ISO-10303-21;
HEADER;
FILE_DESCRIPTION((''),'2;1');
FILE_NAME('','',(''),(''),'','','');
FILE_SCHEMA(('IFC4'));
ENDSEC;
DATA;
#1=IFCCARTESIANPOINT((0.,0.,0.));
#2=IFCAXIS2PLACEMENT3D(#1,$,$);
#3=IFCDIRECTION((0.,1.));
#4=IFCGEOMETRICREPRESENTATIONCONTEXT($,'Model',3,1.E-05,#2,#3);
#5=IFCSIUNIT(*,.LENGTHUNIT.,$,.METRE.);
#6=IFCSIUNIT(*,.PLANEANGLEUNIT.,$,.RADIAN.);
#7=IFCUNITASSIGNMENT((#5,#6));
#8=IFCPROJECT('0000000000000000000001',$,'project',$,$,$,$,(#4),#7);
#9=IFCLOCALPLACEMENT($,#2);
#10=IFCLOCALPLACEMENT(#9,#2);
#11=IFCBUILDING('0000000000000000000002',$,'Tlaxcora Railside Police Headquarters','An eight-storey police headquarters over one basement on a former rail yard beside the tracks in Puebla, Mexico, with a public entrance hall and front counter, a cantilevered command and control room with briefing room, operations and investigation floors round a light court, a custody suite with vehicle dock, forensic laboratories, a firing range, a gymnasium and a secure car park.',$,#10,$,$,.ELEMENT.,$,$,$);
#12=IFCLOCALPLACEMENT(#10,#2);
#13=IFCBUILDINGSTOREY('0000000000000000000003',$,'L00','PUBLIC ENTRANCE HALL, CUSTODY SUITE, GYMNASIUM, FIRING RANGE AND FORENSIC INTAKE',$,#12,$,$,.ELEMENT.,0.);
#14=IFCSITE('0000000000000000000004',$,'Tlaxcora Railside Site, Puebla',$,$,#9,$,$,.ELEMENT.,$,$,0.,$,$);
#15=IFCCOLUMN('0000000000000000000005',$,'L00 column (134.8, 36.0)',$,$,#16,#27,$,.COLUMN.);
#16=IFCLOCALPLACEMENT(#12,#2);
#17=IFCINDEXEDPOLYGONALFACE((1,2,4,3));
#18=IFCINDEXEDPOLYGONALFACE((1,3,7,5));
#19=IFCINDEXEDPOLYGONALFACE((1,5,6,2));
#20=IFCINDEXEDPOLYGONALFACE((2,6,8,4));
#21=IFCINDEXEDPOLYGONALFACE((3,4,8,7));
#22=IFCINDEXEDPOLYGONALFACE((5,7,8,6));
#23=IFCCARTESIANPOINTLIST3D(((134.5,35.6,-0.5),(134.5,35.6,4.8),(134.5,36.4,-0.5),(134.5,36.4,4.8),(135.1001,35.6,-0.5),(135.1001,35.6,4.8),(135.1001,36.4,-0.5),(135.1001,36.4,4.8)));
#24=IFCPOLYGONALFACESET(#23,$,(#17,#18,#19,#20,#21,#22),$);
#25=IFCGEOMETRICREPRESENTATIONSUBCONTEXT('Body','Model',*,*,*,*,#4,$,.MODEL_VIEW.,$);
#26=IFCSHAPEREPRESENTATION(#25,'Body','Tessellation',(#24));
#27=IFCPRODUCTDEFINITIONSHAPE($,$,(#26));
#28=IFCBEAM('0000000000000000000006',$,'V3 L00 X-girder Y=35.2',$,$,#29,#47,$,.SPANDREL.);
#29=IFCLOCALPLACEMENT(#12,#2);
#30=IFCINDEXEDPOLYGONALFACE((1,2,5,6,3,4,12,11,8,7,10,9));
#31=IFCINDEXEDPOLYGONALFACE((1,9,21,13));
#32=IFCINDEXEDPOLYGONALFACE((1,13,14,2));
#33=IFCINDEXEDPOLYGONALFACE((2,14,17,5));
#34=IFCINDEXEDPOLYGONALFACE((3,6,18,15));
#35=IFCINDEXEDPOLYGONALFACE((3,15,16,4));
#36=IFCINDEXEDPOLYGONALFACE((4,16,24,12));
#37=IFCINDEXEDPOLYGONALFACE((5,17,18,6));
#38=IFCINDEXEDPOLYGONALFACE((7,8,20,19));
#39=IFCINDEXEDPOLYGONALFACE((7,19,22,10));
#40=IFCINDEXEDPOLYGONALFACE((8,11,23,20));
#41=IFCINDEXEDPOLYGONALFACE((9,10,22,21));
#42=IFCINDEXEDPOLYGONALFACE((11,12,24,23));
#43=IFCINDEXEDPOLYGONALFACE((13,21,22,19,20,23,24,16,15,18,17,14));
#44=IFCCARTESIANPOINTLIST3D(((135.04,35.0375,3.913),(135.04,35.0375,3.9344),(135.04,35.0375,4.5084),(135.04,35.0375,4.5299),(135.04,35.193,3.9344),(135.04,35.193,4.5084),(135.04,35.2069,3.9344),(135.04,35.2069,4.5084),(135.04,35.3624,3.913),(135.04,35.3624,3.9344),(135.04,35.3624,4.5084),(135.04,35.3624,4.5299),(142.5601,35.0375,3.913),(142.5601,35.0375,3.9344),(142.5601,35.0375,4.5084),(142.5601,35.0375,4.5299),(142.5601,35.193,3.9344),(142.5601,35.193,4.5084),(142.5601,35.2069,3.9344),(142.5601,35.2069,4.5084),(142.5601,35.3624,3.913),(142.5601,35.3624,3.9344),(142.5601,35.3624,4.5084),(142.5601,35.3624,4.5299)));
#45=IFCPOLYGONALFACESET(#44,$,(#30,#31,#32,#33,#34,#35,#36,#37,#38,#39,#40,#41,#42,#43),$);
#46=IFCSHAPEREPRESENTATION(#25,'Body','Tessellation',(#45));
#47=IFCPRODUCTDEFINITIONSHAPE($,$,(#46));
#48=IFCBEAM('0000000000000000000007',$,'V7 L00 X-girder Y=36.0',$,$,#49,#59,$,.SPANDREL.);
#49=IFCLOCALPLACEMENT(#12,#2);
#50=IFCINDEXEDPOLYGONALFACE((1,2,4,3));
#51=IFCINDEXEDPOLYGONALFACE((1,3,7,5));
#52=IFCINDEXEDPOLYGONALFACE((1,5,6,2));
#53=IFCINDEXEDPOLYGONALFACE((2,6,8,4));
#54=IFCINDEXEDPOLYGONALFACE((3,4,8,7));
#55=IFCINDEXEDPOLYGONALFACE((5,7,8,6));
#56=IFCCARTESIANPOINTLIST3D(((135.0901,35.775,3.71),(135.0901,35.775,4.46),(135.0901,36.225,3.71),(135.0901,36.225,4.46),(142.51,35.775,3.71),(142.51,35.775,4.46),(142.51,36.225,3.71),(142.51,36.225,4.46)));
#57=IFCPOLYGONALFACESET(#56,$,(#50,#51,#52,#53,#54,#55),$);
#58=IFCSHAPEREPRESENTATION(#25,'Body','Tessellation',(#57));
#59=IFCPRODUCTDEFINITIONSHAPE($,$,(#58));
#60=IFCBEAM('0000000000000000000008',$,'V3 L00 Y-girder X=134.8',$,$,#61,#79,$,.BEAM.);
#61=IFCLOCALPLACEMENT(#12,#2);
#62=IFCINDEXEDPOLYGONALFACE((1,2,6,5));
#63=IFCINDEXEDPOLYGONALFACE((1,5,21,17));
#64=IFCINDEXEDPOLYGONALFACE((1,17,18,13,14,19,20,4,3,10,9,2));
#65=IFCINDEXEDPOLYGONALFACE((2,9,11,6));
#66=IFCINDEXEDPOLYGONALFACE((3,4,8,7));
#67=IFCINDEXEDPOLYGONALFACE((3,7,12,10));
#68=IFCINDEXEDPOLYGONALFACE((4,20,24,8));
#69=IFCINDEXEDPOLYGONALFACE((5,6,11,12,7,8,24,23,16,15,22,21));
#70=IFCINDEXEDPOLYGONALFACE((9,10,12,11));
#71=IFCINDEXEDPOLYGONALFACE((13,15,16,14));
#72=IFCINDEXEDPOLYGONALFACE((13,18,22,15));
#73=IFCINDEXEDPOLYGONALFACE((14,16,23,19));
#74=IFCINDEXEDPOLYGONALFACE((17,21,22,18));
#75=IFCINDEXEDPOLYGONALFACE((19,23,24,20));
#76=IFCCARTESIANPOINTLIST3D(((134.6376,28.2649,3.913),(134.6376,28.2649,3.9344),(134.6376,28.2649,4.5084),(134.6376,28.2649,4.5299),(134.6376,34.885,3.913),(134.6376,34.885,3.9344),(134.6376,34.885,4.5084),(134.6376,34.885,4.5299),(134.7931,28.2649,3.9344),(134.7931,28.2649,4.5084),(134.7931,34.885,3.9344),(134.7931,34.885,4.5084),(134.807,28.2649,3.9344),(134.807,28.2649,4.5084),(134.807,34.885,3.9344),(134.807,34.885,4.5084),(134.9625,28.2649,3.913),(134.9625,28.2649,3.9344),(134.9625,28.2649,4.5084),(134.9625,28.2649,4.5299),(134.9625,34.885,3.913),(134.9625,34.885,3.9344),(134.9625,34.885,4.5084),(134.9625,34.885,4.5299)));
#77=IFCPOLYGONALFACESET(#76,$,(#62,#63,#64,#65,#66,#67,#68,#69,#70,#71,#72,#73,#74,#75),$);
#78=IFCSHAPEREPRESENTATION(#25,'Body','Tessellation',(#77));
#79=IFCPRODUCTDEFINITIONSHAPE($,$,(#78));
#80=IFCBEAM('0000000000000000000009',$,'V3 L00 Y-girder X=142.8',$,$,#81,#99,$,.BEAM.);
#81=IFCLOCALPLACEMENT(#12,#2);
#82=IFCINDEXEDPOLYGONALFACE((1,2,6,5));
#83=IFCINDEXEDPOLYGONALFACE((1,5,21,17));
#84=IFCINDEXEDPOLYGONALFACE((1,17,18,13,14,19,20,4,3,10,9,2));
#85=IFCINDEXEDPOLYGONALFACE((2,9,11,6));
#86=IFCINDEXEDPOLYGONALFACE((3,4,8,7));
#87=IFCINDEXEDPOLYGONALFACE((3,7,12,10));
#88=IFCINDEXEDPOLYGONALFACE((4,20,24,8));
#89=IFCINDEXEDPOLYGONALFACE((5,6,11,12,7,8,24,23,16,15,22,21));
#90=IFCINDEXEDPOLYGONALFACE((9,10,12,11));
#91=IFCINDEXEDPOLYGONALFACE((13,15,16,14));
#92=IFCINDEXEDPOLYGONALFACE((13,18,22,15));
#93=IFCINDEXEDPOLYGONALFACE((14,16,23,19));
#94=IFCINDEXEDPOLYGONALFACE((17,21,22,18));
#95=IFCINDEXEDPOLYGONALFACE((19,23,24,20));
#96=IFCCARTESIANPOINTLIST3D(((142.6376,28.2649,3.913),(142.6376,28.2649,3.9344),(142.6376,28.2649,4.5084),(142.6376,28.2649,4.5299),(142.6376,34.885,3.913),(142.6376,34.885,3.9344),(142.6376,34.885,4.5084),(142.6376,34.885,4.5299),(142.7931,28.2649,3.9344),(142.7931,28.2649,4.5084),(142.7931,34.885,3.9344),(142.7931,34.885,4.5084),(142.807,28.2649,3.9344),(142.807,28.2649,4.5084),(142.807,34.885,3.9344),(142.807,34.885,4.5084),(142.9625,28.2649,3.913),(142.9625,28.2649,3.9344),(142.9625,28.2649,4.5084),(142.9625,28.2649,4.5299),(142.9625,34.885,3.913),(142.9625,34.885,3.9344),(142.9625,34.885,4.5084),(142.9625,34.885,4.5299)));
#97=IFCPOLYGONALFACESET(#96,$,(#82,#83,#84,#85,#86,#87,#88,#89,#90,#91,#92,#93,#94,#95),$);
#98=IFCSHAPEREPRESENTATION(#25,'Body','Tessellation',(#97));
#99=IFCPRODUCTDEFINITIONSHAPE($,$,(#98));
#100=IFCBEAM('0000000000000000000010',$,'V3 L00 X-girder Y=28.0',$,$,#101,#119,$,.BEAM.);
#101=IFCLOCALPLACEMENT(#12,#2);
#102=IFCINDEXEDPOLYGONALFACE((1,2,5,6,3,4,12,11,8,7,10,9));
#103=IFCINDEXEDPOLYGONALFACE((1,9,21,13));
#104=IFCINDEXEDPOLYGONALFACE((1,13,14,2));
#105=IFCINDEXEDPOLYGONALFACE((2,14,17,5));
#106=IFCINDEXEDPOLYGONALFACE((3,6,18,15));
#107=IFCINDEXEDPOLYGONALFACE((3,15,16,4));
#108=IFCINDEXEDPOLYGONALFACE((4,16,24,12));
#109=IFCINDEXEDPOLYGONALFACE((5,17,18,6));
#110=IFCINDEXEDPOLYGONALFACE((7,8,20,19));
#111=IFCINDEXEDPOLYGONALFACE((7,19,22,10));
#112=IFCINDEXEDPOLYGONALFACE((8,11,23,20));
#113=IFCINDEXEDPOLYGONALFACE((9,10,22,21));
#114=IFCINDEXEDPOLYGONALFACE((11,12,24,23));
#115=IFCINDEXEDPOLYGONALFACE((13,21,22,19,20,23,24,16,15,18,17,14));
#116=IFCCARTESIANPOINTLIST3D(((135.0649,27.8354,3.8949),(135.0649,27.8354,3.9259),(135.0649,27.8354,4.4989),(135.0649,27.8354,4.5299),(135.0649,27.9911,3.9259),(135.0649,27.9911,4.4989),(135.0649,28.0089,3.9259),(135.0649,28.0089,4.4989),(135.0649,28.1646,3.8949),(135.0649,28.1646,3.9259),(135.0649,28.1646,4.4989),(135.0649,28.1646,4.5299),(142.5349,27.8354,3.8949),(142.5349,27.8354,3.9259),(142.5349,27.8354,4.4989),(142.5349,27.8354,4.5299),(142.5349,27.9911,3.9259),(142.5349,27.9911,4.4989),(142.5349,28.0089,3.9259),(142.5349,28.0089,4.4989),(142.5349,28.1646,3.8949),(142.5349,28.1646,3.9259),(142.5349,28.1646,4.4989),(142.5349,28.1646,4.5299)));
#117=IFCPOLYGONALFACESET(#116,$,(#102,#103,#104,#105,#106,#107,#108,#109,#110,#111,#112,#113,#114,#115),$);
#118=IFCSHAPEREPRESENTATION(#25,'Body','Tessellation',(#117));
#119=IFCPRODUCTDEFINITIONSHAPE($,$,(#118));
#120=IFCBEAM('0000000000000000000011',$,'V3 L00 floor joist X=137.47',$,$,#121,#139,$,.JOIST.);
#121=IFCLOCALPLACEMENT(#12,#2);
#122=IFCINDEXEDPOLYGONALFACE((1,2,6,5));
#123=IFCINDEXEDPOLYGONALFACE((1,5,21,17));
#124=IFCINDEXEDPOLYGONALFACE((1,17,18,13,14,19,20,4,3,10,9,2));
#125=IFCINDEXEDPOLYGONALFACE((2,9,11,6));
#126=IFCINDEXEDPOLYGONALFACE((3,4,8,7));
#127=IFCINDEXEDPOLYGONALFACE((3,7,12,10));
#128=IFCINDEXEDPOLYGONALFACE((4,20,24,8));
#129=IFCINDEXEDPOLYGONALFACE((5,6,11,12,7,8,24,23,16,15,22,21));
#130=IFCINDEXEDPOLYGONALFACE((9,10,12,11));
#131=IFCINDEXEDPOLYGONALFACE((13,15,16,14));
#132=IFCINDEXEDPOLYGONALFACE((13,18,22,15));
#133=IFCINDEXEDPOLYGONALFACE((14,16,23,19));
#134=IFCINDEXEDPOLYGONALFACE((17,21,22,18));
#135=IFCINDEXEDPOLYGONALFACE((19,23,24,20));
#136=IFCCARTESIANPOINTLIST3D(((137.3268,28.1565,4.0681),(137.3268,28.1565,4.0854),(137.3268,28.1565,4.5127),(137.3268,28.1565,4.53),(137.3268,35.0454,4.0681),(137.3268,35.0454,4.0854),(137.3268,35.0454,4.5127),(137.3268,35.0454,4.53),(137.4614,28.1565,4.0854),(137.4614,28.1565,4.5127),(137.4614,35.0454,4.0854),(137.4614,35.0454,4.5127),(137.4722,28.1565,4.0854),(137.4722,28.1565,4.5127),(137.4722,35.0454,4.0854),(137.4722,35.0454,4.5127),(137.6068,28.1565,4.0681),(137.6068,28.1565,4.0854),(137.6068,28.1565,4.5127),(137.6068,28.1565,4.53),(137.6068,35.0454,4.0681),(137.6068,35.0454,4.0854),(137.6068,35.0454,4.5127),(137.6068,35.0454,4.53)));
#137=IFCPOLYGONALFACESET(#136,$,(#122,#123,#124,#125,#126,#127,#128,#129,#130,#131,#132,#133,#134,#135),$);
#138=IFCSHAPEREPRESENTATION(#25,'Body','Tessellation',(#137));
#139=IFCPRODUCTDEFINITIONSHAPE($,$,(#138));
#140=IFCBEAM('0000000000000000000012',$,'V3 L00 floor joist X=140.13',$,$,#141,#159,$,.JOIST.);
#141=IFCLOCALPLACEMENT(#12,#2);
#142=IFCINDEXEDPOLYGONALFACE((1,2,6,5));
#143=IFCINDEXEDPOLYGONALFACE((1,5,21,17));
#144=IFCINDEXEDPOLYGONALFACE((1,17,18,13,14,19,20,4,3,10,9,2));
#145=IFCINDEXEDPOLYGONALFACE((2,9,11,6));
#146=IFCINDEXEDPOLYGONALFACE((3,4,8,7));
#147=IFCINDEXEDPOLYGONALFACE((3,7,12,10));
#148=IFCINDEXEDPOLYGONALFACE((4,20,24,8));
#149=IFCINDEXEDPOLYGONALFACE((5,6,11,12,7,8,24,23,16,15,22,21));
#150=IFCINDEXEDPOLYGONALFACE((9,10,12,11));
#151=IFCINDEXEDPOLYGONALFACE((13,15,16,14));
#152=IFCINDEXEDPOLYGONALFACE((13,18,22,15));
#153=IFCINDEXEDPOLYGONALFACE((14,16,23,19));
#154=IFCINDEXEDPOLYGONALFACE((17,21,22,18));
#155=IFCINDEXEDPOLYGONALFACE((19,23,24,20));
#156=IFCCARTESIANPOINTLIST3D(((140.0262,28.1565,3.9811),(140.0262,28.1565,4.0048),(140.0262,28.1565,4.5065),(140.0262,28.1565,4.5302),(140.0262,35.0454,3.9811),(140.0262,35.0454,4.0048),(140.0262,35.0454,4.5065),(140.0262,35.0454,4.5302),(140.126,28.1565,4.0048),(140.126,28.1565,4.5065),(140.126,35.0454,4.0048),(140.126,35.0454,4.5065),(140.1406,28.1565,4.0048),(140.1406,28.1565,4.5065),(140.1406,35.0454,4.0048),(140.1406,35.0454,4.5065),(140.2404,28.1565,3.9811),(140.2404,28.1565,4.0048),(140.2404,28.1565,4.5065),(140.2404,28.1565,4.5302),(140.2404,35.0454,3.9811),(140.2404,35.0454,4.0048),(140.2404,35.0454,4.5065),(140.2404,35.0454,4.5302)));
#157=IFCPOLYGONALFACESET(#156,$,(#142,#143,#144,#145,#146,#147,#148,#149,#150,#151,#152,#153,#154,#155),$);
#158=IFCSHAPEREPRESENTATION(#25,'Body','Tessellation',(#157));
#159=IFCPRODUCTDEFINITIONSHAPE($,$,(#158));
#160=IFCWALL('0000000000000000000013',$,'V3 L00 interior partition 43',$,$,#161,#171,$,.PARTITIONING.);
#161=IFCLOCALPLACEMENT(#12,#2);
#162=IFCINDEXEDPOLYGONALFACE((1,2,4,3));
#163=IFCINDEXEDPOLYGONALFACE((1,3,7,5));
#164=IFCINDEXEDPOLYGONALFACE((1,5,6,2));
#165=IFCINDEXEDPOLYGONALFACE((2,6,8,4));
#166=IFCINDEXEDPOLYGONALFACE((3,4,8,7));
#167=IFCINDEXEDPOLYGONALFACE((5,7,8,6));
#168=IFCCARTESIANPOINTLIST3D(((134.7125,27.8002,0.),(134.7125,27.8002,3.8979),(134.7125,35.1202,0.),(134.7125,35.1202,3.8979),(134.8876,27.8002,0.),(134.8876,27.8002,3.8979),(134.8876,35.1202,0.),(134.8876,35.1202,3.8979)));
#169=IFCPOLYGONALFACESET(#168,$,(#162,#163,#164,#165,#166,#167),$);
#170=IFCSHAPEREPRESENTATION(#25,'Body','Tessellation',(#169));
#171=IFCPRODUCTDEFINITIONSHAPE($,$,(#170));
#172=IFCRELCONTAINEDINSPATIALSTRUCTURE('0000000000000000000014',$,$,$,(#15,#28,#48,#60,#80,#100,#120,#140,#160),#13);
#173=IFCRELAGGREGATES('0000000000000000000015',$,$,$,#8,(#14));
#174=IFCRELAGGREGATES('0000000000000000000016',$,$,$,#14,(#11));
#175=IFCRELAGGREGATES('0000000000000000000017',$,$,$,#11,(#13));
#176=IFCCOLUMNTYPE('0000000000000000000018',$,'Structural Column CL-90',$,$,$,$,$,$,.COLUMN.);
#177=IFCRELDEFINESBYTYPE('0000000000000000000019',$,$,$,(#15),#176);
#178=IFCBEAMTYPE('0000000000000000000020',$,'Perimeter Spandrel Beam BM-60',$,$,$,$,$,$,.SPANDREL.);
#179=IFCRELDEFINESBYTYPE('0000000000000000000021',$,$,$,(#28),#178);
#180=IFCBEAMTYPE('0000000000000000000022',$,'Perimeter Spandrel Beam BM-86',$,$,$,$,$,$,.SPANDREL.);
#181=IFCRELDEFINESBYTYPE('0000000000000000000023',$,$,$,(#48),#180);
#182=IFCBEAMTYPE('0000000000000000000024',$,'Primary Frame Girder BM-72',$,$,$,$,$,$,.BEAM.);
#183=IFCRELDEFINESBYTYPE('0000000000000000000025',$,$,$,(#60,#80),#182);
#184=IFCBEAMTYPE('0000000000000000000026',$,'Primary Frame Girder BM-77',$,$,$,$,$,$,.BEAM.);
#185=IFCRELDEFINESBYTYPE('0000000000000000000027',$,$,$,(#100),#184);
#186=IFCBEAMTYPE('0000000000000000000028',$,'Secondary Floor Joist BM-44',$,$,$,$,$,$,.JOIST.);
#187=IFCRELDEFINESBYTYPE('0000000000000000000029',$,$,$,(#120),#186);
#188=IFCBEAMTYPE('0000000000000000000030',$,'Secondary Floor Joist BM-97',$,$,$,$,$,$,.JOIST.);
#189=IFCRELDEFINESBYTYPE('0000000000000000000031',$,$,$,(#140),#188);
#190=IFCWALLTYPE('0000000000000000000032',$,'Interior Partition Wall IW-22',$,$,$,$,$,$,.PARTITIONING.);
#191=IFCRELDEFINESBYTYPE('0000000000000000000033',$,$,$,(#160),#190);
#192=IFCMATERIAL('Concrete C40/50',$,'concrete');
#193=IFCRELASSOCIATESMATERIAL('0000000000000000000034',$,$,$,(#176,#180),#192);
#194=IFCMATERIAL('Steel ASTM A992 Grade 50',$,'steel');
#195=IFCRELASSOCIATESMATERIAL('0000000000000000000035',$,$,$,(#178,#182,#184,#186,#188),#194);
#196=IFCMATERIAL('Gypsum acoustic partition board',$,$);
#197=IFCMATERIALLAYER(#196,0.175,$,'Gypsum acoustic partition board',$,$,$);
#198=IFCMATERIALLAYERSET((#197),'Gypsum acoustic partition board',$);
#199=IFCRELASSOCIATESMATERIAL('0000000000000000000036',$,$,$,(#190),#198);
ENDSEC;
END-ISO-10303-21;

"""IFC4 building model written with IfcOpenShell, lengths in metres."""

from ifc_helpers import new_model, si_unit, direction, frame, frame_2d, origin, origin_2d, place, context, subcontext, project, spatial, rectangle, i_section, extrude, material, layer, layer_set, material_profile, profile_set, type_object, element, save


model = new_model("IFC4")

# Units and contexts
model_context = context("Model", 3, precision=1e-05, world=origin(), true_north=direction((0.0, 1.0)))
body_context = subcontext(model_context, "Body", "Model", "MODEL_VIEW")
ifc_project = project(units=[si_unit("LENGTHUNIT", "METRE"), si_unit("PLANEANGLEUNIT", "RADIAN")], contexts=[model_context])

# Site, building, storey
site_placement = place(None, origin())
site = spatial("IfcSite", under=ifc_project, at=site_placement, Name="Tlaxcora Railside Site, Puebla", CompositionType="ELEMENT", RefElevation=0.0)
building_placement = place(site_placement, origin())
building = spatial("IfcBuilding", under=site, at=building_placement, Name="Tlaxcora Railside Police Headquarters", Description="An eight-storey police headquarters over one basement on a former rail yard beside the tracks in Puebla, Mexico, with a public entrance hall and front counter, a cantilevered command and control room with briefing room, operations and investigation floors round a light court, a custody suite with vehicle dock, forensic laboratories, a firing range, a gymnasium and a secure car park.", CompositionType="ELEMENT")
storey_placement = place(building_placement, origin())
storey = spatial("IfcBuildingStorey", under=building, at=storey_placement, Name="L00", Description="PUBLIC ENTRANCE HALL, CUSTODY SUITE, GYMNASIUM, FIRING RANGE AND FORENSIC INTAKE", CompositionType="ELEMENT", Elevation=0.0)

# Shared definitions
ifc_material_1 = material(Name="Concrete C40/50", Category="concrete")

# Column
ifc_material_profile_1 = material_profile(ifc_material_1, rectangle(XDim=0.6001, YDim=0.8, at=origin_2d()), Name="RC600X800")
ifc_profile_set_1 = profile_set([ifc_material_profile_1], Name="Concrete C40/50")
column_type_1 = type_object("IfcColumnType", Name="Structural Column CL-90", PredefinedType="COLUMN", material=ifc_profile_set_1)
column_1_placement = place(storey_placement, frame((134.8, 36.0, -0.5), z_axis=(0.0, 0.0, 1.0), x_axis=(1.0, 0.0, 0.0)))
element("IfcColumn", 1, at=column_1_placement, inside=storey, type_object=column_type_1, Name="L00 column (134.8, 36.0)", PredefinedType="COLUMN", context=body_context, shape_type="SweptSolid", body=[
    extrude(rectangle(XDim=0.6001, YDim=0.8, at=origin_2d()), origin(), (0.0, 0.0, 1.0), 5.3),
])

# Beams
ifc_material_2 = material(Name="Steel ASTM A992 Grade 50", Category="steel")
ifc_material_profile_2 = material_profile(ifc_material_2, i_section(OverallWidth=0.325, OverallDepth=0.6169, WebThickness=0.0139, FlangeThickness=0.0215, at=origin_2d()), Name="W24X117")
ifc_profile_set_2 = profile_set([ifc_material_profile_2], Name="Steel ASTM A992 Grade 50")
beam_type_1 = type_object("IfcBeamType", Name="Perimeter Spandrel Beam BM-60", PredefinedType="SPANDREL", material=ifc_profile_set_2)
beam_1_placement = place(storey_placement, frame((135.04, 35.2, 4.2214), z_axis=(1.0, 0.0, 0.0), x_axis=(0.0, 1.0, 0.0)))
element("IfcBeam", 2, at=beam_1_placement, inside=storey, type_object=beam_type_1, Name="V3 L00 X-girder Y=35.2", PredefinedType="SPANDREL", context=body_context, shape_type="SweptSolid", body=[
    extrude(i_section(OverallWidth=0.325, OverallDepth=0.6169, WebThickness=0.0139, FlangeThickness=0.0215, at=origin_2d()), origin(), (0.0, 0.0, 1.0), 7.52),
])
ifc_material_profile_3 = material_profile(ifc_material_1, rectangle(XDim=0.45, YDim=0.75, at=origin_2d()), Name="RC450X750")
ifc_profile_set_3 = profile_set([ifc_material_profile_3], Name="Concrete C40/50")
beam_type_2 = type_object("IfcBeamType", Name="Perimeter Spandrel Beam BM-86", PredefinedType="SPANDREL", material=ifc_profile_set_3)
beam_2_placement = place(storey_placement, frame((135.0901, 36.0, 4.085), z_axis=(1.0, 0.0, 0.0), x_axis=(0.0, 1.0, 0.0)))
element("IfcBeam", 3, at=beam_2_placement, inside=storey, type_object=beam_type_2, Name="V7 L00 X-girder Y=36.0", PredefinedType="SPANDREL", context=body_context, shape_type="SweptSolid", body=[
    extrude(rectangle(XDim=0.45, YDim=0.75, at=origin_2d()), origin(), (0.0, 0.0, 1.0), 7.4199),
])
ifc_material_profile_4 = material_profile(ifc_material_2, i_section(OverallWidth=0.325, OverallDepth=0.6169, WebThickness=0.0139, FlangeThickness=0.0215, at=origin_2d()), Name="W24X117")
ifc_profile_set_4 = profile_set([ifc_material_profile_4], Name="Steel ASTM A992 Grade 50")
beam_type_3 = type_object("IfcBeamType", Name="Primary Frame Girder BM-72", PredefinedType="BEAM", material=ifc_profile_set_4)
for number, where, z_axis, x_axis, name in (
    (4, (134.8, 28.2649, 4.2214), (0.0, 1.0, 0.0), (-1.0, 0.0, 0.0), "V3 L00 Y-girder X=134.8"),
    (5, (142.8, 28.2649, 4.2214), (0.0, 1.0, 0.0), (-1.0, 0.0, 0.0), "V3 L00 Y-girder X=142.8"),
):
    element("IfcBeam", number, at=place(storey_placement, frame(where, z_axis=z_axis, x_axis=x_axis)), inside=storey, type_object=beam_type_3, Name=name, PredefinedType="BEAM", context=body_context, shape_type="SweptSolid", body=[
        extrude(i_section(OverallWidth=0.325, OverallDepth=0.6169, WebThickness=0.0139, FlangeThickness=0.0215, at=origin_2d()), origin(), (0.0, 0.0, 1.0), 6.6201),
    ])
ifc_material_profile_5 = material_profile(ifc_material_2, i_section(OverallWidth=0.3291, OverallDepth=0.635, WebThickness=0.0178, FlangeThickness=0.031, at=origin_2d()), Name="W24X162")
ifc_profile_set_5 = profile_set([ifc_material_profile_5], Name="Steel ASTM A992 Grade 50")
beam_type_4 = type_object("IfcBeamType", Name="Primary Frame Girder BM-77", PredefinedType="BEAM", material=ifc_profile_set_5)
beam_3_placement = place(storey_placement, frame((135.0649, 28.0, 4.2124), z_axis=(1.0, 0.0, 0.0), x_axis=(0.0, 1.0, 0.0)))
element("IfcBeam", 6, at=beam_3_placement, inside=storey, type_object=beam_type_4, Name="V3 L00 X-girder Y=28.0", PredefinedType="BEAM", context=body_context, shape_type="SweptSolid", body=[
    extrude(i_section(OverallWidth=0.3291, OverallDepth=0.635, WebThickness=0.0178, FlangeThickness=0.031, at=origin_2d()), origin(), (0.0, 0.0, 1.0), 7.47),
])
ifc_material_profile_6 = material_profile(ifc_material_2, i_section(OverallWidth=0.28, OverallDepth=0.4619, WebThickness=0.0107, FlangeThickness=0.0173, at=origin_2d()), Name="W18X76")
ifc_profile_set_6 = profile_set([ifc_material_profile_6], Name="Steel ASTM A992 Grade 50")
beam_type_5 = type_object("IfcBeamType", Name="Secondary Floor Joist BM-44", PredefinedType="JOIST", material=ifc_profile_set_6)
beam_4_placement = place(storey_placement, frame((137.4668, 28.1565, 4.2991), z_axis=(0.0, 1.0, 0.0), x_axis=(-1.0, 0.0, 0.0)))
element("IfcBeam", 7, at=beam_4_placement, inside=storey, type_object=beam_type_5, Name="V3 L00 floor joist X=137.47", PredefinedType="JOIST", context=body_context, shape_type="SweptSolid", body=[
    extrude(i_section(OverallWidth=0.28, OverallDepth=0.4619, WebThickness=0.0107, FlangeThickness=0.0173, at=origin_2d()), origin(), (0.0, 0.0, 1.0), 6.8889),
])
ifc_material_profile_7 = material_profile(ifc_material_2, i_section(OverallWidth=0.2141, OverallDepth=0.5491, WebThickness=0.0146, FlangeThickness=0.0237, at=origin_2d()), Name="W21X93")
ifc_profile_set_7 = profile_set([ifc_material_profile_7], Name="Steel ASTM A992 Grade 50")
beam_type_6 = type_object("IfcBeamType", Name="Secondary Floor Joist BM-97", PredefinedType="JOIST", material=ifc_profile_set_7)
beam_5_placement = place(storey_placement, frame((140.1333, 28.1565, 4.2556), z_axis=(0.0, 1.0, 0.0), x_axis=(-1.0, 0.0, 0.0)))
element("IfcBeam", 8, at=beam_5_placement, inside=storey, type_object=beam_type_6, Name="V3 L00 floor joist X=140.13", PredefinedType="JOIST", context=body_context, shape_type="SweptSolid", body=[
    extrude(i_section(OverallWidth=0.2141, OverallDepth=0.5491, WebThickness=0.0146, FlangeThickness=0.0237, at=origin_2d()), origin(), (0.0, 0.0, 1.0), 6.8889),
])

# Wall
ifc_material_3 = material(Name="Gypsum acoustic partition board")
ifc_layer_1 = layer(ifc_material_3, 0.175, Name="Gypsum acoustic partition board")
ifc_layer_set_1 = layer_set([ifc_layer_1], Name="Gypsum acoustic partition board")
wall_type_1 = type_object("IfcWallType", Name="Interior Partition Wall IW-22", PredefinedType="PARTITIONING", material=ifc_layer_set_1)
wall_1_placement = place(storey_placement, frame((134.8, 27.8, 0.0), z_axis=(0.0, 0.0, 1.0), x_axis=(0.0, 1.0, 0.0)))
element("IfcWall", 9, at=wall_1_placement, inside=storey, type_object=wall_type_1, Name="V3 L00 interior partition 43", PredefinedType="PARTITIONING", context=body_context, shape_type="SweptSolid", body=[
    extrude(rectangle(XDim=7.3201, YDim=0.175, at=frame_2d((3.6602, 0.0))), origin(), (0.0, 0.0, 1.0), 3.8979),
])

save(model, "model.ifc")
